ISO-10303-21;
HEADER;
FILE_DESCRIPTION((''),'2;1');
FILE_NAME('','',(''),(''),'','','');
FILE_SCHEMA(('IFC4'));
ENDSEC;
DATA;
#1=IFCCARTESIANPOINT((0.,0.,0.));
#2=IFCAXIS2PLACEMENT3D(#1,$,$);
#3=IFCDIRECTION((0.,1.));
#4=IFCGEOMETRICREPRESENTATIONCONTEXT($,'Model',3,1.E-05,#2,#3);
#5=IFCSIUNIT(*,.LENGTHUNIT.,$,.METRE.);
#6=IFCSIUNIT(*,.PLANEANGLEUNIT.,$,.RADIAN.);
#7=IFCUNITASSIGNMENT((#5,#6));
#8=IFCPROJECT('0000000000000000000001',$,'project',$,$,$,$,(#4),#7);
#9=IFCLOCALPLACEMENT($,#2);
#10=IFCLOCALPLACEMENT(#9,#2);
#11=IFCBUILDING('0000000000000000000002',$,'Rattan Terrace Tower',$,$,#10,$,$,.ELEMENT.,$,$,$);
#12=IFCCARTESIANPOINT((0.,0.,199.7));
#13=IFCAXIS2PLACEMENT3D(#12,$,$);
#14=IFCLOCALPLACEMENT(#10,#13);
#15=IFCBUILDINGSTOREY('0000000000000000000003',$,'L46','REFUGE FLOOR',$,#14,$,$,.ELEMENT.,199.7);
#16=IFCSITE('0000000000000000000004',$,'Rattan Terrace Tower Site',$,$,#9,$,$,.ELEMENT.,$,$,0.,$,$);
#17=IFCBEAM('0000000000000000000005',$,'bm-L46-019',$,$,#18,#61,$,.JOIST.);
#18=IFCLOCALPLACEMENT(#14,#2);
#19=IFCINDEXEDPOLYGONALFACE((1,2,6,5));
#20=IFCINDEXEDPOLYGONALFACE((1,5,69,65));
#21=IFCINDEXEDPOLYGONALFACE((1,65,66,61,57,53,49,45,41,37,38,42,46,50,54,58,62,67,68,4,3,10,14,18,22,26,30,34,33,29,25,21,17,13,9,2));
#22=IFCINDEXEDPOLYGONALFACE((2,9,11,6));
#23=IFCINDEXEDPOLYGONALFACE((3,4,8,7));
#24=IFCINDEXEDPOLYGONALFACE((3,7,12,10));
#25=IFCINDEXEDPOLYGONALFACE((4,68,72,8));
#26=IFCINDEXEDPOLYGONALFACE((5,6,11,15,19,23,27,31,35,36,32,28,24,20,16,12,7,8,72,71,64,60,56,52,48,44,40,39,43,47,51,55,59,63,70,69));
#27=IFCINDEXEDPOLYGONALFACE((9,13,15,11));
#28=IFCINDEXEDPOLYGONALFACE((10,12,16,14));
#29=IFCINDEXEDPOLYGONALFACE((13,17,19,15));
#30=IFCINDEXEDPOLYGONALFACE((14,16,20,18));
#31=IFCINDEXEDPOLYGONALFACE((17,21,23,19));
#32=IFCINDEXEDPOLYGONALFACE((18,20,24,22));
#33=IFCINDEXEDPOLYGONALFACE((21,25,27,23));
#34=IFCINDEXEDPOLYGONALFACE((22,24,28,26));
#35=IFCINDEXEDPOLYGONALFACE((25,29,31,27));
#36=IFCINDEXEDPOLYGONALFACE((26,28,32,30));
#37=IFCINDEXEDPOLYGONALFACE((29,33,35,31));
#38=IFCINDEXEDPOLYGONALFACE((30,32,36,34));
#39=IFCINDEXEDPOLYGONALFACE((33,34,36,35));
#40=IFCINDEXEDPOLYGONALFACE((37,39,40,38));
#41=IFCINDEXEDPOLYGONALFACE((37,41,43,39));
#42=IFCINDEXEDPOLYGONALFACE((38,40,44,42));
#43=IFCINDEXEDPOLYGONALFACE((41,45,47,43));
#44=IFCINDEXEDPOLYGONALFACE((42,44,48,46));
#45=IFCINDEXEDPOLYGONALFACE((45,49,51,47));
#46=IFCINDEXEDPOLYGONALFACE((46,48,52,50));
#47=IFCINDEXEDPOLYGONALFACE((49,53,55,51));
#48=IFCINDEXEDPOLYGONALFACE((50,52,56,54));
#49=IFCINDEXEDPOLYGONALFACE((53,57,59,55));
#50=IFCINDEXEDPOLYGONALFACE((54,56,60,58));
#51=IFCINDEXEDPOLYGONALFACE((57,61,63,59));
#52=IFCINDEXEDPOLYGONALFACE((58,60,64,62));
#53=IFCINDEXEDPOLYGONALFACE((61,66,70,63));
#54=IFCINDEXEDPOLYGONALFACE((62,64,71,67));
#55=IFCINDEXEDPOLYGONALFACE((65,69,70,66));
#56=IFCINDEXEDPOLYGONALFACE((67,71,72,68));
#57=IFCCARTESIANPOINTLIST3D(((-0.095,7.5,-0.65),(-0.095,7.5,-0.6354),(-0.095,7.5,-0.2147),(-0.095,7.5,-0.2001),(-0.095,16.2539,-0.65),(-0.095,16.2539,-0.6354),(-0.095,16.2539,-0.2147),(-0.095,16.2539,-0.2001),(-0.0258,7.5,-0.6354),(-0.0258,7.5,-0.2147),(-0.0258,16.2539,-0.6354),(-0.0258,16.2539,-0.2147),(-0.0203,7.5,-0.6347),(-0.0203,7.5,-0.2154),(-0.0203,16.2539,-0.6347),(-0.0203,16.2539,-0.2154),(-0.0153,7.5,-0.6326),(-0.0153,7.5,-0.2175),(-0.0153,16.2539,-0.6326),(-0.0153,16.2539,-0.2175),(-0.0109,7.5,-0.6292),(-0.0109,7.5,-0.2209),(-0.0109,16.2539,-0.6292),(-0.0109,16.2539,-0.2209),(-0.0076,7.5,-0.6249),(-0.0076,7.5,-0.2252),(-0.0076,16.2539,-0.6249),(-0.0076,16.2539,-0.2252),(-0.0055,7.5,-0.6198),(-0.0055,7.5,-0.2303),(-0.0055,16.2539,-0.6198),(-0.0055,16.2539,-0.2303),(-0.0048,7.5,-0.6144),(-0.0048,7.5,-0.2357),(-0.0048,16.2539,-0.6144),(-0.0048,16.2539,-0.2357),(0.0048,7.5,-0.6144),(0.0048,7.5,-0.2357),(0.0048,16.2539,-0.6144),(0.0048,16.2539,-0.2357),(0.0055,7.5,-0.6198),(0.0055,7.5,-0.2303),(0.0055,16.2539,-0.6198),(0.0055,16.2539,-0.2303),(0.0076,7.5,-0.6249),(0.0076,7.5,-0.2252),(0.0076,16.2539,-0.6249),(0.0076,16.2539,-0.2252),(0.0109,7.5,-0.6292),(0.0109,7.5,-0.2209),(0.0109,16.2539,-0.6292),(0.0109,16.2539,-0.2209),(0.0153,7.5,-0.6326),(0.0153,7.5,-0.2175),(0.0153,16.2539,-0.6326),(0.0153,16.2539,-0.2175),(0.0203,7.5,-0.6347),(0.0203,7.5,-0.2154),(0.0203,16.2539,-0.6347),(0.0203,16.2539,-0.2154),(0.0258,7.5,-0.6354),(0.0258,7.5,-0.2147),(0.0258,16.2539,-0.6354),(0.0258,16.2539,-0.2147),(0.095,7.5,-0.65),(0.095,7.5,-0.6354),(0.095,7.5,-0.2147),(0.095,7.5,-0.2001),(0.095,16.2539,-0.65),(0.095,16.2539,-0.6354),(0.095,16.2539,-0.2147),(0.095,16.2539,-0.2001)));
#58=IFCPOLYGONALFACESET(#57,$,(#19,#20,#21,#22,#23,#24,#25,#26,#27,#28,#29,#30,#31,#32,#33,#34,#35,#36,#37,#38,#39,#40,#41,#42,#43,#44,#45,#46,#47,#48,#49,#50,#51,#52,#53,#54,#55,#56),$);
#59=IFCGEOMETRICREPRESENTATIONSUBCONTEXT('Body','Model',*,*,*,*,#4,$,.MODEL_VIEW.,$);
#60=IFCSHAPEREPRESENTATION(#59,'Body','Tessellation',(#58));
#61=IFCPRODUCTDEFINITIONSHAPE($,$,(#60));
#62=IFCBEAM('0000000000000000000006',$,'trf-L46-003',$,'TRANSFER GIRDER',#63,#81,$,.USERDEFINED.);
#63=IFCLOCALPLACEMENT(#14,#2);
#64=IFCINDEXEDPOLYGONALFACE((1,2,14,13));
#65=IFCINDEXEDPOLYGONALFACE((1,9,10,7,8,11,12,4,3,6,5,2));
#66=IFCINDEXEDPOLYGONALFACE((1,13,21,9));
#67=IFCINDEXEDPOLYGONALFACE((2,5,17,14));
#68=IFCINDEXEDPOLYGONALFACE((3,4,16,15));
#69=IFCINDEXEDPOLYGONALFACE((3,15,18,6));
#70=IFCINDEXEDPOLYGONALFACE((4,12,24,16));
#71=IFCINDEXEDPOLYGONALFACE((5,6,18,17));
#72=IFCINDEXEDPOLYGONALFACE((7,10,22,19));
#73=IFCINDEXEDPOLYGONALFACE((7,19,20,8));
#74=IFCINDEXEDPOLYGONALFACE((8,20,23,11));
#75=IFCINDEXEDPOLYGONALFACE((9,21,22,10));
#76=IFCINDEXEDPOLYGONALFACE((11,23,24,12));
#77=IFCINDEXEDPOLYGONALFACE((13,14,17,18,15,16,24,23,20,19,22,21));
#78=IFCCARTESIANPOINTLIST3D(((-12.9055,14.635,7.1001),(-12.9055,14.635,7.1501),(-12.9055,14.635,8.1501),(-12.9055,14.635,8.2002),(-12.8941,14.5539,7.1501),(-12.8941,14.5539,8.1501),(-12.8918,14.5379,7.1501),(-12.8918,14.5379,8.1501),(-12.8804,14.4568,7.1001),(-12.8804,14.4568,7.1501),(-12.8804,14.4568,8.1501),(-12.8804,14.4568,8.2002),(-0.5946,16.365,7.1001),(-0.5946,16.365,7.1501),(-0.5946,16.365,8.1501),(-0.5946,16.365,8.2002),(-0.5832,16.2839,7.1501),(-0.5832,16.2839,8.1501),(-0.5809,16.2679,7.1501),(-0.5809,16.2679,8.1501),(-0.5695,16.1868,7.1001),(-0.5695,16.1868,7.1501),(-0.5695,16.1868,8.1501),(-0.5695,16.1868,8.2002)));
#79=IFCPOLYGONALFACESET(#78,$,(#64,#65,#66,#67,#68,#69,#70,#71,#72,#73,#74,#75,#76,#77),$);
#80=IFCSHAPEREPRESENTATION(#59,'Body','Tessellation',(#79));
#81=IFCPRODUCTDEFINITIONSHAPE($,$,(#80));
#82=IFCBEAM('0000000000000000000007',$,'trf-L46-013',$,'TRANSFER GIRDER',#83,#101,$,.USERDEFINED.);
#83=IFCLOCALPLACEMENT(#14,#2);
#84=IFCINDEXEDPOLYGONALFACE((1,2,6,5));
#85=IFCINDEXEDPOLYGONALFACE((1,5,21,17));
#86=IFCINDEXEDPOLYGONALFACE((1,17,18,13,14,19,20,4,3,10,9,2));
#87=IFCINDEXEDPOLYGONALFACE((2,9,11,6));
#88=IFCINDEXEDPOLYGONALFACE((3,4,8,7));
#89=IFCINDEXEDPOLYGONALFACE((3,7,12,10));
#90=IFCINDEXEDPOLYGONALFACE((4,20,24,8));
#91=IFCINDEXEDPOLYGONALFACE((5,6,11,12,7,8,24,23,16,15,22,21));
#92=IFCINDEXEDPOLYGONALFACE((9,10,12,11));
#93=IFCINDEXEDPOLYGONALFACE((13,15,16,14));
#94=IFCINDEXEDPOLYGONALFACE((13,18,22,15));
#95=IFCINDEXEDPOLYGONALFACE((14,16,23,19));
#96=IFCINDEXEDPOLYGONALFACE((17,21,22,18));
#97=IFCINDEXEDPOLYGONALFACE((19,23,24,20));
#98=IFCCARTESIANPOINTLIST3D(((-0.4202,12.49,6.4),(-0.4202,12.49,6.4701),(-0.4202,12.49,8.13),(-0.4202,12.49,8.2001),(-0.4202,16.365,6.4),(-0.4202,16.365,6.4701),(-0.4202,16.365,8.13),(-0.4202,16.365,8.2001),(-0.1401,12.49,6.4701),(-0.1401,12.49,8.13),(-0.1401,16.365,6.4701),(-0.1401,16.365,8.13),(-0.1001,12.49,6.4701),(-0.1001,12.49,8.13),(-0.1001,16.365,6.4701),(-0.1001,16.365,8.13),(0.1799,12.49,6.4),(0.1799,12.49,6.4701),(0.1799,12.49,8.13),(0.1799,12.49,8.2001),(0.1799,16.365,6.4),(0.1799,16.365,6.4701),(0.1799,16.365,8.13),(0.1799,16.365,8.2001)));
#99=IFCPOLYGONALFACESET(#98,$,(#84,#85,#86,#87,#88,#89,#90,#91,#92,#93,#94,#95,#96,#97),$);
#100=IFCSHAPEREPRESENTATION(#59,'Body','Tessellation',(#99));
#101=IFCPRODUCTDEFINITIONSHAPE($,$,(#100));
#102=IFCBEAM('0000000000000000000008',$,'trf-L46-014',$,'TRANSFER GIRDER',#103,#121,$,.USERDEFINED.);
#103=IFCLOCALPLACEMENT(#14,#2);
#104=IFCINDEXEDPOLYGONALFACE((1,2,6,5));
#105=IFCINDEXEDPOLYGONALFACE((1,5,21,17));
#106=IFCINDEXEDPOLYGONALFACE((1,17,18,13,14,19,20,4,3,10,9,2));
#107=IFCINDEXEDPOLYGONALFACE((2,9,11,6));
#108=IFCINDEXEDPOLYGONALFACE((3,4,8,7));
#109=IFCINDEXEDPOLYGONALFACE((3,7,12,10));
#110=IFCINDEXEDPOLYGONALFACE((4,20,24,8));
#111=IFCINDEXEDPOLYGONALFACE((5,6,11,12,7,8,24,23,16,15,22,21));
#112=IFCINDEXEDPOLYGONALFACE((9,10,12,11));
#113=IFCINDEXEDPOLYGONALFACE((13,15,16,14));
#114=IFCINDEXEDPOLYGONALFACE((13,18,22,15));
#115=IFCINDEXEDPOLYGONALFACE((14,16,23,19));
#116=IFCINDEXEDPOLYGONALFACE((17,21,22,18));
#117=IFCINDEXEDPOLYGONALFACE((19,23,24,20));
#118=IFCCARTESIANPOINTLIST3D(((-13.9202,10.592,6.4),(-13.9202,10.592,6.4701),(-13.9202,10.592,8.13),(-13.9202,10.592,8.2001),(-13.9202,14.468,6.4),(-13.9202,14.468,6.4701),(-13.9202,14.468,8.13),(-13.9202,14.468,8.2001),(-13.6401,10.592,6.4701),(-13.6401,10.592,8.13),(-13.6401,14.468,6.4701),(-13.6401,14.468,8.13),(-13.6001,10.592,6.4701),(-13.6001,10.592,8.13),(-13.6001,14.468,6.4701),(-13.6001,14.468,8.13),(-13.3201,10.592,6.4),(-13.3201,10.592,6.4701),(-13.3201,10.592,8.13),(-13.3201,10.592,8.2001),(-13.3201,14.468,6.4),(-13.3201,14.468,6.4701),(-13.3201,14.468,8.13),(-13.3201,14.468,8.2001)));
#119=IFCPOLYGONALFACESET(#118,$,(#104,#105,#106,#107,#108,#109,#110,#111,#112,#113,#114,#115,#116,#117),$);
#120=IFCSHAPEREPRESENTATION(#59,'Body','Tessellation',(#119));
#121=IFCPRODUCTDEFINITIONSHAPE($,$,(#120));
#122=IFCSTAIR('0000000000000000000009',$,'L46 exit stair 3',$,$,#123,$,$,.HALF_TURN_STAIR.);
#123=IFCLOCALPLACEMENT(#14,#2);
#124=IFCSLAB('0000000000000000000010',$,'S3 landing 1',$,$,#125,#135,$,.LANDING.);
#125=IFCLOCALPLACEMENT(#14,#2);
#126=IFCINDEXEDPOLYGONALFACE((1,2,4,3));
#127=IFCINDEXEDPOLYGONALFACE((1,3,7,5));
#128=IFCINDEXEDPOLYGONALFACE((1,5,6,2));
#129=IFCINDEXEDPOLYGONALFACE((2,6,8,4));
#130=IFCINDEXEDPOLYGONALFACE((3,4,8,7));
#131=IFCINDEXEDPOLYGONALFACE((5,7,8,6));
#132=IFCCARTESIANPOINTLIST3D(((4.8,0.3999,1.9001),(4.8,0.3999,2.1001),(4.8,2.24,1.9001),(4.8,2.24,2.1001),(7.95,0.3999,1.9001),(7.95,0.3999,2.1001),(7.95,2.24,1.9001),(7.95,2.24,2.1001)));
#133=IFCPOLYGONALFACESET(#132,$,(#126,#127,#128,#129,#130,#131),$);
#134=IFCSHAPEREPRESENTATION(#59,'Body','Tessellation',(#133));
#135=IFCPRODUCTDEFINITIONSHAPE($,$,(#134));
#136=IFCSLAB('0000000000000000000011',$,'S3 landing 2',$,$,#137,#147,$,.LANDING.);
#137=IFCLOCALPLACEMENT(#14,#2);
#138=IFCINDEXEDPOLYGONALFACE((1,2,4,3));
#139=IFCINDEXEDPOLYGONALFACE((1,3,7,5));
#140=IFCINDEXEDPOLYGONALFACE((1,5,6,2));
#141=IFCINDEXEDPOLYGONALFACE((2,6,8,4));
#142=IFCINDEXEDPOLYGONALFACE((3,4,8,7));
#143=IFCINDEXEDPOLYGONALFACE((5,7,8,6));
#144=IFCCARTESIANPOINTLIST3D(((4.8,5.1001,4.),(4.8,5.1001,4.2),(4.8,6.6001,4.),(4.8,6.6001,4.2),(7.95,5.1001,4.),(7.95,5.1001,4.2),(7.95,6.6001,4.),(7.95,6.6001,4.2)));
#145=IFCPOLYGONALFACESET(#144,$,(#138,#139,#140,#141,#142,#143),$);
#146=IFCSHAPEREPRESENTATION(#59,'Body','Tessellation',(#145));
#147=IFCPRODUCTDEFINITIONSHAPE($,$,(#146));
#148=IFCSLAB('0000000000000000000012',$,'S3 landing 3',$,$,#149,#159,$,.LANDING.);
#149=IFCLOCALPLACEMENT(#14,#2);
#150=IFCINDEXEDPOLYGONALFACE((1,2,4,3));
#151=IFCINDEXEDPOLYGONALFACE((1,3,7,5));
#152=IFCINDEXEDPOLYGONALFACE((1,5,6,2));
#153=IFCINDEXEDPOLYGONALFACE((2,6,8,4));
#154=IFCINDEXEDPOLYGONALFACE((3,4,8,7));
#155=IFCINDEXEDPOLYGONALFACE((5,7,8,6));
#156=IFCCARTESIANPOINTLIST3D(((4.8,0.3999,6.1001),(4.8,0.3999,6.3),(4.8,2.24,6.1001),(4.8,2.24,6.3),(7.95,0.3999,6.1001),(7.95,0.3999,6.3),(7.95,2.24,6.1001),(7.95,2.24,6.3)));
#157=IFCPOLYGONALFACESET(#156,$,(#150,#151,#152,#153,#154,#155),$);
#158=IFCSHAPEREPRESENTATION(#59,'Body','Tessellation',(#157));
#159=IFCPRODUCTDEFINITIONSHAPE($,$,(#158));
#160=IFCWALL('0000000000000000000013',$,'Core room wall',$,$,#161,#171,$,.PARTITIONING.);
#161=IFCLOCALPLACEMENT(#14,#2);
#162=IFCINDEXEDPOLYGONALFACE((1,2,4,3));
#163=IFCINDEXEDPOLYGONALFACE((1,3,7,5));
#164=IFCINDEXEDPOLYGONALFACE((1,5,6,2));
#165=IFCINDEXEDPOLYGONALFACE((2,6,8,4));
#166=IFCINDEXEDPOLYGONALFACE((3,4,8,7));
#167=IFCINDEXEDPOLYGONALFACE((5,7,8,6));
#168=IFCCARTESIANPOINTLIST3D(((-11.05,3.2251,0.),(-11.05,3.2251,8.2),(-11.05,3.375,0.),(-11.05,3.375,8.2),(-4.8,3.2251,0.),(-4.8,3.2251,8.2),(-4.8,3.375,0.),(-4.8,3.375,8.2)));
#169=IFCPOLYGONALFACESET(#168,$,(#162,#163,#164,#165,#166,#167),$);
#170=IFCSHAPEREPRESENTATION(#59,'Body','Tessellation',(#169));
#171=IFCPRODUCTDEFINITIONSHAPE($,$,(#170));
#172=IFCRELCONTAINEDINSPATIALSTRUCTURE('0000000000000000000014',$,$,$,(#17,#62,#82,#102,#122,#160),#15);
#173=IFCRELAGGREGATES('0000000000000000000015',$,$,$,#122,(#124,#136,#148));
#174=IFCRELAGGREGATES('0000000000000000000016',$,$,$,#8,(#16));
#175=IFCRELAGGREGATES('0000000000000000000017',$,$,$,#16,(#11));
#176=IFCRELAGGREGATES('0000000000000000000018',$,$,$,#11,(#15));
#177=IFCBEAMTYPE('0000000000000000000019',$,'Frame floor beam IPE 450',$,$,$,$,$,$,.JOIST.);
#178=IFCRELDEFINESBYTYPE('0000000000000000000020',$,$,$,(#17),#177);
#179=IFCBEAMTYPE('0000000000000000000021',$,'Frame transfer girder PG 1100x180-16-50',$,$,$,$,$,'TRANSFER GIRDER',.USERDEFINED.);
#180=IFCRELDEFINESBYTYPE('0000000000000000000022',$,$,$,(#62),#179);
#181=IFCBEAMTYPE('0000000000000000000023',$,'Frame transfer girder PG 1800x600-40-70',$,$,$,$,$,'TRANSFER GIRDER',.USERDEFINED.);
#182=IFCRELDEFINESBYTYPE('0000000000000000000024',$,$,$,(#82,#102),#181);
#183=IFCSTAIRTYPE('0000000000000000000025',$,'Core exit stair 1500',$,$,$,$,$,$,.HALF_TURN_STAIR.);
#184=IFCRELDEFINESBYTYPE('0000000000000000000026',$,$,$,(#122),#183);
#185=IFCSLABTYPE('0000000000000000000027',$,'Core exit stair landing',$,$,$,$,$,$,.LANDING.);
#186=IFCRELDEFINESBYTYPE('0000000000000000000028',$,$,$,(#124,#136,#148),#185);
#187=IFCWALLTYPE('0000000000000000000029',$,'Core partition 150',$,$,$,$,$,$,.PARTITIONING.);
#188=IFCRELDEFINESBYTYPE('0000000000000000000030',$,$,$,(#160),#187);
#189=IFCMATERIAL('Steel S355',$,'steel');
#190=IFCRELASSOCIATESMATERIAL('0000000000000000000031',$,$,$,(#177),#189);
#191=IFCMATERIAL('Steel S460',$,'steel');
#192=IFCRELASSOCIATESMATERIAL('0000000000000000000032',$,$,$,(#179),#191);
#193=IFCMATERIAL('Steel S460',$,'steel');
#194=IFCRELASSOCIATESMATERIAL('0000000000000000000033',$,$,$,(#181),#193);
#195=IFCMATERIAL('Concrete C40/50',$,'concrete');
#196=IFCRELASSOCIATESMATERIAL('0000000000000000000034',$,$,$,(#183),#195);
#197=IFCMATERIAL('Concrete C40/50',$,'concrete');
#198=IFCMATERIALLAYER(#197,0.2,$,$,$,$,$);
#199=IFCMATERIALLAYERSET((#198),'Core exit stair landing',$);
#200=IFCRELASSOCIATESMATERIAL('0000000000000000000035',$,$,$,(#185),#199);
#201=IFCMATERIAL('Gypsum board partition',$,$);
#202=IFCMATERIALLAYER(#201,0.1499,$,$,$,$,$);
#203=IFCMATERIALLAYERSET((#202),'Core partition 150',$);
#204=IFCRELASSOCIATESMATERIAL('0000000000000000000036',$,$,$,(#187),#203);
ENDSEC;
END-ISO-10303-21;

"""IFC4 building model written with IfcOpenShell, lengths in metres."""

from ifc_helpers import new_model, si_unit, direction, frame, frame_2d, origin, origin_2d, place, context, subcontext, project, spatial, polyline, rectangle, i_section, outline, extrude, material, layer, layer_set, material_profile, profile_set, type_object, element, aggregate, save


model = new_model("IFC4")

# Units and contexts
model_context = context("Model", 3, precision=1e-05, world=origin(), true_north=direction((0.0, 1.0)))
body_context = subcontext(model_context, "Body", "Model", "MODEL_VIEW")
ifc_project = project(units=[si_unit("LENGTHUNIT", "METRE"), si_unit("PLANEANGLEUNIT", "RADIAN")], contexts=[model_context])

# Site, building, storey
site_placement = place(None, origin())
site = spatial("IfcSite", under=ifc_project, at=site_placement, Name="Rattan Terrace Tower Site", CompositionType="ELEMENT", RefElevation=0.0)
building_placement = place(site_placement, origin())
building = spatial("IfcBuilding", under=site, at=building_placement, Name="Rattan Terrace Tower", CompositionType="ELEMENT")
storey_placement = place(building_placement, frame((0.0, 0.0, 199.7)))
storey = spatial("IfcBuildingStorey", under=building, at=storey_placement, Name="L46", Description="REFUGE FLOOR", CompositionType="ELEMENT", Elevation=199.7)

# Beams
ifc_material_1 = material(Name="Steel S355", Category="steel")
ifc_material_profile_1 = material_profile(ifc_material_1, i_section(OverallWidth=0.1899, OverallDepth=0.45, WebThickness=0.0095, FlangeThickness=0.0146, FilletRadius=0.021, at=origin_2d()), Name="IPE 450")
ifc_profile_set_1 = profile_set([ifc_material_profile_1], Name="Steel S355")
beam_type_1 = type_object("IfcBeamType", Name="Frame floor beam IPE 450", PredefinedType="JOIST", material=ifc_profile_set_1)
beam_1_placement = place(storey_placement, frame((0.0, 7.5, -0.425), z_axis=(0.0, 1.0, 0.0), x_axis=(-1.0, 0.0, 0.0)))
element("IfcBeam", 1, at=beam_1_placement, inside=storey, type_object=beam_type_1, Name="bm-L46-019", PredefinedType="JOIST", context=body_context, shape_type="SweptSolid", body=[
    extrude(i_section(OverallWidth=0.1899, OverallDepth=0.45, WebThickness=0.0095, FlangeThickness=0.0146, FilletRadius=0.021, at=origin_2d()), origin(), (0.0, 0.0, 1.0), 8.7539),
])
ifc_material_2 = material(Name="Steel S460", Category="steel")
ifc_material_profile_2 = material_profile(ifc_material_2, i_section(OverallWidth=0.1799, OverallDepth=1.1001, WebThickness=0.0161, FlangeThickness=0.05, at=origin_2d()), Name="PG 1100x180-16-50")
ifc_profile_set_2 = profile_set([ifc_material_profile_2], Name="Steel S460")
beam_type_2 = type_object("IfcBeamType", Name="Frame transfer girder PG 1100x180-16-50", ElementType="TRANSFER GIRDER", PredefinedType="USERDEFINED", material=ifc_profile_set_2)
beam_2_placement = place(storey_placement, frame((-0.582, 16.2759, 7.6501), z_axis=(-0.990271, -0.139156, 0.0), x_axis=(0.139156, -0.990271, 0.0)))
element("IfcBeam", 2, at=beam_2_placement, inside=storey, type_object=beam_type_2, Name="trf-L46-003", ObjectType="TRANSFER GIRDER", PredefinedType="USERDEFINED", context=body_context, shape_type="SweptSolid", body=[
    extrude(i_section(OverallWidth=0.1799, OverallDepth=1.1001, WebThickness=0.0161, FlangeThickness=0.05, at=origin_2d()), origin(), (0.0, 0.0, 1.0), 12.4319),
])
ifc_material_3 = material(Name="Steel S460", Category="steel")
ifc_material_profile_3 = material_profile(ifc_material_3, i_section(OverallWidth=0.6001, OverallDepth=1.8, WebThickness=0.04, FlangeThickness=0.0701, at=origin_2d()), Name="PG 1800x600-40-70")
ifc_profile_set_3 = profile_set([ifc_material_profile_3], Name="Steel S460")
beam_type_3 = type_object("IfcBeamType", Name="Frame transfer girder PG 1800x600-40-70", ElementType="TRANSFER GIRDER", PredefinedType="USERDEFINED", material=ifc_profile_set_3)
beam_3_placement = place(storey_placement, frame((-0.1201, 12.49, 7.3), z_axis=(0.0, 1.0, 0.0), x_axis=(-1.0, 0.0, 0.0)))
element("IfcBeam", 3, at=beam_3_placement, inside=storey, type_object=beam_type_3, Name="trf-L46-013", ObjectType="TRANSFER GIRDER", PredefinedType="USERDEFINED", context=body_context, shape_type="SweptSolid", body=[
    extrude(i_section(OverallWidth=0.6001, OverallDepth=1.8, WebThickness=0.04, FlangeThickness=0.0701, at=origin_2d()), origin(), (0.0, 0.0, 1.0), 3.875),
])
beam_4_placement = place(storey_placement, frame((-13.6201, 10.592, 7.3), z_axis=(0.0, 1.0, 0.0), x_axis=(-1.0, 0.0, 0.0)))
element("IfcBeam", 4, at=beam_4_placement, inside=storey, type_object=beam_type_3, Name="trf-L46-014", ObjectType="TRANSFER GIRDER", PredefinedType="USERDEFINED", context=body_context, shape_type="SweptSolid", body=[
    extrude(i_section(OverallWidth=0.6001, OverallDepth=1.8, WebThickness=0.04, FlangeThickness=0.0701, at=origin_2d()), origin(), (0.0, 0.0, 1.0), 3.876),
])

# Stair, slabs
ifc_material_4 = material(Name="Concrete C40/50", Category="concrete")
stair_type = type_object("IfcStairType", Name="Core exit stair 1500", PredefinedType="HALF_TURN_STAIR", material=ifc_material_4)
stair_1_placement = place(storey_placement, origin())
stair_1 = element("IfcStair", 5, at=stair_1_placement, inside=storey, type_object=stair_type, Name="L46 exit stair 3", PredefinedType="HALF_TURN_STAIR")
ifc_material_5 = material(Name="Concrete C40/50", Category="concrete")
ifc_layer_1 = layer(ifc_material_5, 0.2)
ifc_layer_set_1 = layer_set([ifc_layer_1], Name="Core exit stair landing")
slab_type = type_object("IfcSlabType", Name="Core exit stair landing", PredefinedType="LANDING", material=ifc_layer_set_1)
slab_1_placement = place(storey_placement, frame((0.0, 0.0, 1.9001)))
slab_1 = element("IfcSlab", 6, at=slab_1_placement, type_object=slab_type, Name="S3 landing 1", PredefinedType="LANDING", context=body_context, shape_type="SweptSolid", body=[
    extrude(outline(polyline([(4.8, 2.24), (4.8, 0.3999), (7.95, 0.3999), (7.95, 2.24), (4.8, 2.24)])), origin(), (0.0, 0.0, 1.0), 0.2),
])
slab_2_placement = place(storey_placement, frame((0.0, 0.0, 4.0)))
slab_2 = element("IfcSlab", 7, at=slab_2_placement, type_object=slab_type, Name="S3 landing 2", PredefinedType="LANDING", context=body_context, shape_type="SweptSolid", body=[
    extrude(outline(polyline([(4.8, 6.6001), (4.8, 5.1001), (7.95, 5.1001), (7.95, 6.6001), (4.8, 6.6001)])), origin(), (0.0, 0.0, 1.0), 0.2),
])
slab_3_placement = place(storey_placement, frame((0.0, 0.0, 6.1001)))
slab_3 = element("IfcSlab", 8, at=slab_3_placement, type_object=slab_type, Name="S3 landing 3", PredefinedType="LANDING", context=body_context, shape_type="SweptSolid", body=[
    extrude(outline(polyline([(4.8, 2.24), (4.8, 0.3999), (7.95, 0.3999), (7.95, 2.24), (4.8, 2.24)])), origin(), (0.0, 0.0, 1.0), 0.2),
])
aggregate(stair_1, [slab_1, slab_2, slab_3])

# Wall
ifc_material_6 = material(Name="Gypsum board partition")
ifc_layer_2 = layer(ifc_material_6, 0.1499)
ifc_layer_set_2 = layer_set([ifc_layer_2], Name="Core partition 150")
wall_type_1 = type_object("IfcWallType", Name="Core partition 150", PredefinedType="PARTITIONING", material=ifc_layer_set_2)
wall_1_placement = place(storey_placement, frame((-11.05, 3.3, 0.0), z_axis=(0.0, 0.0, 1.0), x_axis=(1.0, 0.0, 0.0)))
element("IfcWall", 9, at=wall_1_placement, inside=storey, type_object=wall_type_1, Name="Core room wall", PredefinedType="PARTITIONING", context=body_context, shape_type="SweptSolid", body=[
    extrude(rectangle(XDim=6.25, YDim=0.1499, at=frame_2d((3.125, 0.0))), origin(), (0.0, 0.0, 1.0), 8.2),
])

save(model, "model.ifc")
